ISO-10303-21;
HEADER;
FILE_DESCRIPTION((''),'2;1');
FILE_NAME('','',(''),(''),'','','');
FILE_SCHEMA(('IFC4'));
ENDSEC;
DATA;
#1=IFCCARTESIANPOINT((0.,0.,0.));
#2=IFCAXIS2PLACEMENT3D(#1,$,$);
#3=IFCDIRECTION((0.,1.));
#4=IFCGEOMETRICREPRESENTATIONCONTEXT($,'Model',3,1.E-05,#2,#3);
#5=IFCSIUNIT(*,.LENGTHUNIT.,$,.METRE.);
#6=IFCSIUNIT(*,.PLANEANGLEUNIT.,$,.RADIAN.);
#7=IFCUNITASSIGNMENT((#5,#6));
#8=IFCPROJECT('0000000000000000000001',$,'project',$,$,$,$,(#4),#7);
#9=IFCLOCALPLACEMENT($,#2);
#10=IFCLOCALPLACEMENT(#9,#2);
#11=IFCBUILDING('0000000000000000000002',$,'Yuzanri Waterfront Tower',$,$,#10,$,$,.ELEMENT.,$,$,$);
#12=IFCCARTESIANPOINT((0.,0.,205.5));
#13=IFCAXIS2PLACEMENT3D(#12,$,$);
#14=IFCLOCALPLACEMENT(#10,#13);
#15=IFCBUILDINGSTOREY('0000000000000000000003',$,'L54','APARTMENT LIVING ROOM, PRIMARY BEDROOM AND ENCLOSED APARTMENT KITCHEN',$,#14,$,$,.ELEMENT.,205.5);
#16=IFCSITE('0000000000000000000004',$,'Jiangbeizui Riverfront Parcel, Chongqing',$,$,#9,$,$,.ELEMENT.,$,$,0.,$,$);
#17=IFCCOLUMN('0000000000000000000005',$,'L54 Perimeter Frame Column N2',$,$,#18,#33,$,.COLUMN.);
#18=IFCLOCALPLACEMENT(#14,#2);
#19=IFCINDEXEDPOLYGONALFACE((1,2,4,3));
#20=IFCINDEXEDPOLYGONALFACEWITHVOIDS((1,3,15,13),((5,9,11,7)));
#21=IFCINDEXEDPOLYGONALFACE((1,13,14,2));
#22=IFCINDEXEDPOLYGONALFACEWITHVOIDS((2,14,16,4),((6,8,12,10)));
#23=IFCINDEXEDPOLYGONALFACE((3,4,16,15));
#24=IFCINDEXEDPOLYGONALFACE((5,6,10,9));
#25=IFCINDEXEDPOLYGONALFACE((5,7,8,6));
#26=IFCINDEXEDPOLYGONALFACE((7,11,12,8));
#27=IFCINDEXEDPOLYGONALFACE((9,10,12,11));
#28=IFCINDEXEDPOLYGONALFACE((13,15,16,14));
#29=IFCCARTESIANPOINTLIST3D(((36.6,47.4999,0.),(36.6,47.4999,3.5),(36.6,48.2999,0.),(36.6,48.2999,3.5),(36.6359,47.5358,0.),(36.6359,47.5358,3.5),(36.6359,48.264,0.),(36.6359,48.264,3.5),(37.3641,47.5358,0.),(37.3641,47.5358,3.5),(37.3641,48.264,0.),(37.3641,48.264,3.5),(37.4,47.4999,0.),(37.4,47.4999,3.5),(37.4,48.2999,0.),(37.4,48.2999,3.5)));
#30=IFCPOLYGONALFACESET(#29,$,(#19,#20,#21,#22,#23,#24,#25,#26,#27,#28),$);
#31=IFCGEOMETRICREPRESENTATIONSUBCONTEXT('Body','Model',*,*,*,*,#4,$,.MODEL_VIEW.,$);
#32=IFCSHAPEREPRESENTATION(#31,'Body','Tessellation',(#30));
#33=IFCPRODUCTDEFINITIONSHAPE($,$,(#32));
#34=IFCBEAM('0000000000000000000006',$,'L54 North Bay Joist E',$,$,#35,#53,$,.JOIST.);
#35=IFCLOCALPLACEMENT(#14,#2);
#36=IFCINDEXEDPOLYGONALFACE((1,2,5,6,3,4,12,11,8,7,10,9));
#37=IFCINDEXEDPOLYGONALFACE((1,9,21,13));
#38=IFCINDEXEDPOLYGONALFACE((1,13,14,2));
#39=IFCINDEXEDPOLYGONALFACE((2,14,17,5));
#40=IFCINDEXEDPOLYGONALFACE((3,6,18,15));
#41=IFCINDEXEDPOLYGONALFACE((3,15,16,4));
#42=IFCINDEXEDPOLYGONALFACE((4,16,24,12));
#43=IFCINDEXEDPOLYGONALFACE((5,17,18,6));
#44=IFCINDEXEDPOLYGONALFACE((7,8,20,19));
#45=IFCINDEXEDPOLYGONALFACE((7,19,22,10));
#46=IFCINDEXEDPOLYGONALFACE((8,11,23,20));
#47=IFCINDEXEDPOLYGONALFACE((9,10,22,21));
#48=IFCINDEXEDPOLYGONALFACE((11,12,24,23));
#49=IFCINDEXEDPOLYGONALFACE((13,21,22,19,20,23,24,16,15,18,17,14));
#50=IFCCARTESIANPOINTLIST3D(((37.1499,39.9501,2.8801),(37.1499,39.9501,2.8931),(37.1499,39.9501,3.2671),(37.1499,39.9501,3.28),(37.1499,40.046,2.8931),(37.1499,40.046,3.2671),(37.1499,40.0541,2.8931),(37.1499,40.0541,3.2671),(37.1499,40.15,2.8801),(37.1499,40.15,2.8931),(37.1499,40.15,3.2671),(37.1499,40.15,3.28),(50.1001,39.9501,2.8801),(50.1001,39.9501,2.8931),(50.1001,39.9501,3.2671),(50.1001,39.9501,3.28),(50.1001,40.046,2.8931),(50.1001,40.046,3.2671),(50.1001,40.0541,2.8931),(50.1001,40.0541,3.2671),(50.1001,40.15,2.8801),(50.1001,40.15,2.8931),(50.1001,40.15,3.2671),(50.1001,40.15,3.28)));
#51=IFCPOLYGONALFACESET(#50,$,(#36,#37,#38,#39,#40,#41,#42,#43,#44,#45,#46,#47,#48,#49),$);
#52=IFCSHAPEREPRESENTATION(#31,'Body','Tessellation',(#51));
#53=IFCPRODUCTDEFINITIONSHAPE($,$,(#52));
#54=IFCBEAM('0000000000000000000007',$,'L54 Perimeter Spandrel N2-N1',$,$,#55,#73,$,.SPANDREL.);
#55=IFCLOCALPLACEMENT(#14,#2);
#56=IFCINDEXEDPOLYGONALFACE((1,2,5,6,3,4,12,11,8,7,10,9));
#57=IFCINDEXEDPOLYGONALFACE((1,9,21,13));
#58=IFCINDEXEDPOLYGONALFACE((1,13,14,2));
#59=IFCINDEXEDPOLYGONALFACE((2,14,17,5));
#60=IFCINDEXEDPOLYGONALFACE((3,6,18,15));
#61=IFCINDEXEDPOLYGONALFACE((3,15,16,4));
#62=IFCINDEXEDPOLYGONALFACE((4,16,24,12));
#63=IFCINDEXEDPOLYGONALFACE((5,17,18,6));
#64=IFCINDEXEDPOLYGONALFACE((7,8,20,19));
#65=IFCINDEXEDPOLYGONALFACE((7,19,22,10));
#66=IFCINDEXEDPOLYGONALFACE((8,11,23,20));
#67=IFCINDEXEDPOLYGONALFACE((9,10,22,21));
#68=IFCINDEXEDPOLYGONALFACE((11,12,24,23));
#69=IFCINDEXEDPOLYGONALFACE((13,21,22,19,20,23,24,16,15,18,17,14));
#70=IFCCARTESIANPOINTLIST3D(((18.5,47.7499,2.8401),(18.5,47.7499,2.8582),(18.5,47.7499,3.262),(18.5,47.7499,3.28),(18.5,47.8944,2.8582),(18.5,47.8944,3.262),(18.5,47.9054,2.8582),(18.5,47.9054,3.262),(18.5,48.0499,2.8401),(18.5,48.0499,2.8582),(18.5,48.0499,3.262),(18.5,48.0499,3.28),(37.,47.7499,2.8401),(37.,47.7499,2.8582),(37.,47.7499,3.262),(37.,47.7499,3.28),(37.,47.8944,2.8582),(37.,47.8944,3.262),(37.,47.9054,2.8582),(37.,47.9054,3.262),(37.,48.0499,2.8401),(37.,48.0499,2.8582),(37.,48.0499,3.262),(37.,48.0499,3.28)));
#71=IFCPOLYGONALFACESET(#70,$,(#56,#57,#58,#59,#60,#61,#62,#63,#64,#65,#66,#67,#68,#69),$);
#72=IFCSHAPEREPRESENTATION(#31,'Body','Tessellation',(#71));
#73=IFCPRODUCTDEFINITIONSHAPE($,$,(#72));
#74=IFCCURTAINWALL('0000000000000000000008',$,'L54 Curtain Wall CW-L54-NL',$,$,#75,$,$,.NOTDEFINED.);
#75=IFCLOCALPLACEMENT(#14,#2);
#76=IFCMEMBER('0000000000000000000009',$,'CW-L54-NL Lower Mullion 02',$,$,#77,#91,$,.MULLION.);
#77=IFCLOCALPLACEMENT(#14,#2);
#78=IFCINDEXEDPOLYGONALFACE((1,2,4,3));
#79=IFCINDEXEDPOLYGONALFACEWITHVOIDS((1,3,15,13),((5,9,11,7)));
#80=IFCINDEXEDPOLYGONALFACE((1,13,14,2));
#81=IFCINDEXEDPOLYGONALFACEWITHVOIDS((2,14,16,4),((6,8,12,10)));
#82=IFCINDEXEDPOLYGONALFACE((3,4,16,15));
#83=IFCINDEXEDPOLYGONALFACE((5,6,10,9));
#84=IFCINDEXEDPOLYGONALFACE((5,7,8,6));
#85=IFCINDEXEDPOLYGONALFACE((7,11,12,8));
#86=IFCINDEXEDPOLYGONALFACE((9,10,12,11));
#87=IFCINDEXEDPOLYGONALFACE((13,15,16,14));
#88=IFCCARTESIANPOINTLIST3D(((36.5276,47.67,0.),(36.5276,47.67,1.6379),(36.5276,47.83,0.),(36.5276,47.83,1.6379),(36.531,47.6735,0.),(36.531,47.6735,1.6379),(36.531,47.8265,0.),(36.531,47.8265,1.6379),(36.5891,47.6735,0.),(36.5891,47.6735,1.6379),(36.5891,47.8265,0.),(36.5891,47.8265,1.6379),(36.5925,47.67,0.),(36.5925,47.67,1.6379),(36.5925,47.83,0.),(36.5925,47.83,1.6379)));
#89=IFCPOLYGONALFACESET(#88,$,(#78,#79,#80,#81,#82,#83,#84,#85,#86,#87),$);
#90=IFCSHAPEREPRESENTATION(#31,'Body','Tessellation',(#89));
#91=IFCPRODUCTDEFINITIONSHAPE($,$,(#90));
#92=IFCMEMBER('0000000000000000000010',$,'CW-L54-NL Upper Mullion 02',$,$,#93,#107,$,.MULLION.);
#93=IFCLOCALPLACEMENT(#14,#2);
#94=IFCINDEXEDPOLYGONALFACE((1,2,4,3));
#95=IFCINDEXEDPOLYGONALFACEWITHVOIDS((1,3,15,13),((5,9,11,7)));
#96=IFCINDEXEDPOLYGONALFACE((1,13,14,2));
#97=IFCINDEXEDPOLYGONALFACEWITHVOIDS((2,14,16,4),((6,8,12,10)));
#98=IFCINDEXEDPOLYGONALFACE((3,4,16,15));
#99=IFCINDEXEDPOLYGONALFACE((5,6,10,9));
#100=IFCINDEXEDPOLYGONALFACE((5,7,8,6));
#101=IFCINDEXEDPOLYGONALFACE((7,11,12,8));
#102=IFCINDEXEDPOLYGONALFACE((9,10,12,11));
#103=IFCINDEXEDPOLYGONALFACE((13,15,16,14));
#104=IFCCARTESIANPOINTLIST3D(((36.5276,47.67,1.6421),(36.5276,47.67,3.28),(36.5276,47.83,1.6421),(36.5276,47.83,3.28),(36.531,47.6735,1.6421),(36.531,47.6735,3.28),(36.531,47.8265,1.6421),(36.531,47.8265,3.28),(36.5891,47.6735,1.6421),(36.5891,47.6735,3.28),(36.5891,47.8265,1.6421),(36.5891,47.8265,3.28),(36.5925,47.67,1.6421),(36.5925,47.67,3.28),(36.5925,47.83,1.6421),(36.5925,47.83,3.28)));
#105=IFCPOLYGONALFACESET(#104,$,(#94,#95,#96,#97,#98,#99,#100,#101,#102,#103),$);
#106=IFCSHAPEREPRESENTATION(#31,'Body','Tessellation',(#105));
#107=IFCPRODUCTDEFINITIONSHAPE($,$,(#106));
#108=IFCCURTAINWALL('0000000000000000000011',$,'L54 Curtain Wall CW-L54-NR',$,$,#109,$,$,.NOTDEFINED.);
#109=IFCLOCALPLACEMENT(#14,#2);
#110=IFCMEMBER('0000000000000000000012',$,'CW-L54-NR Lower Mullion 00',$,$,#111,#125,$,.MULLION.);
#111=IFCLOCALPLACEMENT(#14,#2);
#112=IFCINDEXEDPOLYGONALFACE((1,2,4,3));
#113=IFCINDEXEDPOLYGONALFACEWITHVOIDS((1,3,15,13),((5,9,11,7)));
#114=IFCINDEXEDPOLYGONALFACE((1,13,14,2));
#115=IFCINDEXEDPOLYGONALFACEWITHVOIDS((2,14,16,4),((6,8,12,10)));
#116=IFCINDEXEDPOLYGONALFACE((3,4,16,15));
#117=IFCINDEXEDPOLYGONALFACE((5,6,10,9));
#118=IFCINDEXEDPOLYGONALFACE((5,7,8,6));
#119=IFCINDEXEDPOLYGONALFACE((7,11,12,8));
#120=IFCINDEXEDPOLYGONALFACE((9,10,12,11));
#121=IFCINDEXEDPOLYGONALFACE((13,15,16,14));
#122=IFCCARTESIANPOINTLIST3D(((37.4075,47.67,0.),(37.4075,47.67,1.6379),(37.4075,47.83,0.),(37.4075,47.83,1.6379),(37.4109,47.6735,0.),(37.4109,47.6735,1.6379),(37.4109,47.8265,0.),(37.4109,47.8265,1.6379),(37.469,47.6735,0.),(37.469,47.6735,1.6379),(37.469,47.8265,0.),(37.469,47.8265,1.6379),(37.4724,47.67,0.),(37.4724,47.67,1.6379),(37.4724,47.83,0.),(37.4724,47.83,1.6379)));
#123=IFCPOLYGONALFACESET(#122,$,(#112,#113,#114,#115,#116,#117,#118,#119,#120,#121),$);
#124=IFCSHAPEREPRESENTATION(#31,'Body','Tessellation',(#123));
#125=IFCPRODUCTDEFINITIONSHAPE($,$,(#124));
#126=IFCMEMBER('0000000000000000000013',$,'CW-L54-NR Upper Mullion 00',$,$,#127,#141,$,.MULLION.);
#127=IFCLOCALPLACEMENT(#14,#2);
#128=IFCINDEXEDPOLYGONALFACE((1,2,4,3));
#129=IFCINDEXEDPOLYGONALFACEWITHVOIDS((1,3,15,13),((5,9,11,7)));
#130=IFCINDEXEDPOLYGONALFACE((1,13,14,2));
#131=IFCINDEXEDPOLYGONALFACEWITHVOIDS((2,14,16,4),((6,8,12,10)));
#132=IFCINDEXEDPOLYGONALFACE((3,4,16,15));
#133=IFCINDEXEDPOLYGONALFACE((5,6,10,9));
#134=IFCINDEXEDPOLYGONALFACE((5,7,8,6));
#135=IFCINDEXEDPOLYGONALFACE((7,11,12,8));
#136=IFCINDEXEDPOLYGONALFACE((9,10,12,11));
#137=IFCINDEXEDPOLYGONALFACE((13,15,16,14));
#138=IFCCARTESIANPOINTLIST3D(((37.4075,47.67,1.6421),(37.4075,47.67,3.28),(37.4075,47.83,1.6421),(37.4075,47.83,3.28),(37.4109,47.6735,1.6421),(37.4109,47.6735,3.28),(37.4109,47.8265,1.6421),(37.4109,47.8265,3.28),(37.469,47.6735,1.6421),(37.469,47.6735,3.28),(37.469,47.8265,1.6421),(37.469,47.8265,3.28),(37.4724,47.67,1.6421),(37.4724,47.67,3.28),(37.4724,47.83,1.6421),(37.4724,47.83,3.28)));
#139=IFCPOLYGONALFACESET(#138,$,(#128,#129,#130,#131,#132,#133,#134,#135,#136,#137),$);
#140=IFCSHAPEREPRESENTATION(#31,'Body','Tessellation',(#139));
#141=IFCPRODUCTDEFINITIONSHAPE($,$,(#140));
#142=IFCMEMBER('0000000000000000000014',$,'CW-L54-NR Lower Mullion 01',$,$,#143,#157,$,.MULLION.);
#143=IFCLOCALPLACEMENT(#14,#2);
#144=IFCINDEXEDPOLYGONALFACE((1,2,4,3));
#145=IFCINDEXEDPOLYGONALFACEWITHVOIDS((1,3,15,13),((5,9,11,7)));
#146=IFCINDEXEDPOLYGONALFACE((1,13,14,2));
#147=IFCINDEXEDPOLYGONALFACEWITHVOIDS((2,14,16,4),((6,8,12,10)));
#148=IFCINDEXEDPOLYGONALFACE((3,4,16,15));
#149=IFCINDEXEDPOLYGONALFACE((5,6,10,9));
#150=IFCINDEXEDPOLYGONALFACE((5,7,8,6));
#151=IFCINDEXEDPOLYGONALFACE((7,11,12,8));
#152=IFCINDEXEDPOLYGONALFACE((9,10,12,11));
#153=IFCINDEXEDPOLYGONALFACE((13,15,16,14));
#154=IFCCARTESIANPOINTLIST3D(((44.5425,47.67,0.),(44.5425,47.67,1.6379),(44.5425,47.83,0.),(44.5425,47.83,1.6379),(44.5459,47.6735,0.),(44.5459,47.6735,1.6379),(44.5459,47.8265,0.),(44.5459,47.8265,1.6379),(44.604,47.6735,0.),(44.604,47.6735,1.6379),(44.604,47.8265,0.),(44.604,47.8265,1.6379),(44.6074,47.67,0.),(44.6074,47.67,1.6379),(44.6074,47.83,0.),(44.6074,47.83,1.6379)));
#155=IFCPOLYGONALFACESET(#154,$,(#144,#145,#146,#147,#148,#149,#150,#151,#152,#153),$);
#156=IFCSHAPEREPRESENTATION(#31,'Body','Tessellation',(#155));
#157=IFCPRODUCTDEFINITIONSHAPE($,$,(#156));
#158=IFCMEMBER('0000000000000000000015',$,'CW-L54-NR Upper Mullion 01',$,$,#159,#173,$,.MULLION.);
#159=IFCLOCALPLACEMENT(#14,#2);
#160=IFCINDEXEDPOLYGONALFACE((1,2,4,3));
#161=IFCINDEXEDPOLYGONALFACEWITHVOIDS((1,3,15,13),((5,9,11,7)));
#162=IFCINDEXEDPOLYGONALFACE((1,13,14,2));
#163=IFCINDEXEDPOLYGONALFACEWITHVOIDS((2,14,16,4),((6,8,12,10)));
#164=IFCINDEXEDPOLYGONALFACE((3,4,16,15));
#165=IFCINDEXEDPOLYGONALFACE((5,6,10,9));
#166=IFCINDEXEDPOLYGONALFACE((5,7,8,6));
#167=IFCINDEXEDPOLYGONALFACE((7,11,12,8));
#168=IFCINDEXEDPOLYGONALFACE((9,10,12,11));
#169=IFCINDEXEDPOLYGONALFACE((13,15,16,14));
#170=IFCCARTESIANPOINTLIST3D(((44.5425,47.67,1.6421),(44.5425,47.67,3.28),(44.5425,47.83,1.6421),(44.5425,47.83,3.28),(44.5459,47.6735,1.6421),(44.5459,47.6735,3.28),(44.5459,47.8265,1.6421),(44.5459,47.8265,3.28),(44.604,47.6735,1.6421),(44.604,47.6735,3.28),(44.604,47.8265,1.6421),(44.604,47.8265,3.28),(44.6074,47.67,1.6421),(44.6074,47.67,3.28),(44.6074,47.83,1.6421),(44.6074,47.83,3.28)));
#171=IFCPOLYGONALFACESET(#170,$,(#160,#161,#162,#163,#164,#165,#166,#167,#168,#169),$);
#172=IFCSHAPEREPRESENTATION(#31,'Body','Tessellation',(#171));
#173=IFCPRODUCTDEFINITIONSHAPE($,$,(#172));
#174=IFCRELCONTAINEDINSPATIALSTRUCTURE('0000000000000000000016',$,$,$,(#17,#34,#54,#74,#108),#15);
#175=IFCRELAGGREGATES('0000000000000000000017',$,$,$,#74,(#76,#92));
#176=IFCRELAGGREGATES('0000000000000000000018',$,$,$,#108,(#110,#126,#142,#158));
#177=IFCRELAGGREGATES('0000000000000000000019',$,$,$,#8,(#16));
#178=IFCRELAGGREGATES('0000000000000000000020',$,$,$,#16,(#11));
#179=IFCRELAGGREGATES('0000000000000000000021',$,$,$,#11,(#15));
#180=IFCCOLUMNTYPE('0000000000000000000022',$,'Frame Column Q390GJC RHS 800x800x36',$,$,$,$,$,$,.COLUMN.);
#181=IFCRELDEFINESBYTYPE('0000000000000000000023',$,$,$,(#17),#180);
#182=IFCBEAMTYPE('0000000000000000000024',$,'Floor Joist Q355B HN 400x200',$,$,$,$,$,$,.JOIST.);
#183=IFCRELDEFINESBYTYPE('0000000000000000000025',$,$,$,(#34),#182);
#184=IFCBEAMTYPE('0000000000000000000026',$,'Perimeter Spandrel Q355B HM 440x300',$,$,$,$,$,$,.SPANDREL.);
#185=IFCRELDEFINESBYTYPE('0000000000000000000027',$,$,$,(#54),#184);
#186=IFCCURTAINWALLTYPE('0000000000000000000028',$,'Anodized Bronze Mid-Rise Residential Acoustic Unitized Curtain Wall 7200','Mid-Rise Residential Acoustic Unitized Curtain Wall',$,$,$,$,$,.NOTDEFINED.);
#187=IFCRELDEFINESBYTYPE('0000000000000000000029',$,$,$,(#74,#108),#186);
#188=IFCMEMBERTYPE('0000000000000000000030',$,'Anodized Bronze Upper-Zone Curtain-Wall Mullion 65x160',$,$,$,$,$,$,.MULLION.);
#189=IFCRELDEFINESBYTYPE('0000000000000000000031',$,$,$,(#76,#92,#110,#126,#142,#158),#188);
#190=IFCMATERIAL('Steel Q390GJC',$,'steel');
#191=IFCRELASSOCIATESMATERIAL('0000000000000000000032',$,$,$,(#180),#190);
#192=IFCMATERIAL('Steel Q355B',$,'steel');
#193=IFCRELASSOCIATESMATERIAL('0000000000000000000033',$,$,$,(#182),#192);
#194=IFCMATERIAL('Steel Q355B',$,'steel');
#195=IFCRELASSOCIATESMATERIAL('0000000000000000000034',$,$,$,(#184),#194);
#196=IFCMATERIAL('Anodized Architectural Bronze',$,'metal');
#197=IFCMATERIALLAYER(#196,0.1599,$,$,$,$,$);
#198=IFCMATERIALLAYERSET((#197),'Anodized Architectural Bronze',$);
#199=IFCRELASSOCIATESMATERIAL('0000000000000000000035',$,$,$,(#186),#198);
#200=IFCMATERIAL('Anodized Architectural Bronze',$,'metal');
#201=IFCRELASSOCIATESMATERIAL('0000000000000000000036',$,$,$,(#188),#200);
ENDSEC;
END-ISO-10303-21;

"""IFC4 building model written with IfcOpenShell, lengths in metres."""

from ifc_helpers import new_model, si_unit, direction, frame, origin, origin_2d, place, context, subcontext, project, spatial, hollow_rectangle, i_section, extrude, source, transform, mapped, material, layer, layer_set, material_profile, profile_set, type_object, element, aggregate, save


model = new_model("IFC4")

# Units and contexts
model_context = context("Model", 3, precision=1e-05, world=origin(), true_north=direction((0.0, 1.0)))
body_context = subcontext(model_context, "Body", "Model", "MODEL_VIEW")
ifc_project = project(units=[si_unit("LENGTHUNIT", "METRE"), si_unit("PLANEANGLEUNIT", "RADIAN")], contexts=[model_context])

# Site, building, storey
site_placement = place(None, origin())
site = spatial("IfcSite", under=ifc_project, at=site_placement, Name="Jiangbeizui Riverfront Parcel, Chongqing", CompositionType="ELEMENT", RefElevation=0.0)
building_placement = place(site_placement, origin())
building = spatial("IfcBuilding", under=site, at=building_placement, Name="Yuzanri Waterfront Tower", CompositionType="ELEMENT")
storey_placement = place(building_placement, frame((0.0, 0.0, 205.5)))
storey = spatial("IfcBuildingStorey", under=building, at=storey_placement, Name="L54", Description="APARTMENT LIVING ROOM, PRIMARY BEDROOM AND ENCLOSED APARTMENT KITCHEN", CompositionType="ELEMENT", Elevation=205.5)

# Column
ifc_material_1 = material(Name="Steel Q390GJC", Category="steel")
ifc_material_profile_1 = material_profile(ifc_material_1, hollow_rectangle(XDim=0.8, YDim=0.8, WallThickness=0.0359, at=origin_2d()), Name="RHS 800x800x36")
ifc_profile_set_1 = profile_set([ifc_material_profile_1], Name="Steel Q390GJC")
column_type = type_object("IfcColumnType", Name="Frame Column Q390GJC RHS 800x800x36", PredefinedType="COLUMN", material=ifc_profile_set_1)
shared_shape_1 = source(origin(), body_context, "Body", "SweptSolid", [
    extrude(hollow_rectangle(XDim=0.8, YDim=0.8, WallThickness=0.0359, at=origin_2d()), origin(), (0.0, 0.0, 1.0), 3.5),
])
column_placement = place(storey_placement, frame((37.0, 47.8999, 0.0), z_axis=(0.0, 0.0, 1.0), x_axis=(1.0, 0.0, 0.0)))
element("IfcColumn", 1, at=column_placement, inside=storey, type_object=column_type, Name="L54 Perimeter Frame Column N2", PredefinedType="COLUMN", context=body_context, shape_type="MappedRepresentation", body=[
    mapped(shared_shape_1, transform((0.0, 0.0, 0.0), scale=1.0)),
])

# Beams
ifc_material_2 = material(Name="Steel Q355B", Category="steel")
ifc_material_profile_2 = material_profile(ifc_material_2, i_section(OverallWidth=0.2, OverallDepth=0.3999, WebThickness=0.0081, FlangeThickness=0.0129, at=origin_2d()), Name="HN 400x200x8x13")
ifc_profile_set_2 = profile_set([ifc_material_profile_2], Name="Steel Q355B")
beam_type_1 = type_object("IfcBeamType", Name="Floor Joist Q355B HN 400x200", PredefinedType="JOIST", material=ifc_profile_set_2)
shared_shape_2 = source(origin(), body_context, "Body", "SweptSolid", [
    extrude(i_section(OverallWidth=0.2, OverallDepth=0.3999, WebThickness=0.0081, FlangeThickness=0.0129, at=origin_2d()), origin(), (0.0, 0.0, 1.0), 12.9502),
])
beam_1_placement = place(storey_placement, frame((37.1499, 40.05, 3.0801), z_axis=(1.0, 0.0, 0.0), x_axis=(0.0, 1.0, 0.0)))
element("IfcBeam", 2, at=beam_1_placement, inside=storey, type_object=beam_type_1, Name="L54 North Bay Joist E", PredefinedType="JOIST", context=body_context, shape_type="MappedRepresentation", body=[
    mapped(shared_shape_2, transform((0.0, 0.0, 0.0), scale=1.0)),
])
ifc_material_3 = material(Name="Steel Q355B", Category="steel")
ifc_material_profile_3 = material_profile(ifc_material_3, i_section(OverallWidth=0.3, OverallDepth=0.4399, WebThickness=0.011, FlangeThickness=0.0181, at=origin_2d()), Name="HM 440x300x11x18")
ifc_profile_set_3 = profile_set([ifc_material_profile_3], Name="Steel Q355B")
beam_type_2 = type_object("IfcBeamType", Name="Perimeter Spandrel Q355B HM 440x300", PredefinedType="SPANDREL", material=ifc_profile_set_3)
shared_shape_3 = source(origin(), body_context, "Body", "SweptSolid", [
    extrude(i_section(OverallWidth=0.3, OverallDepth=0.4399, WebThickness=0.011, FlangeThickness=0.0181, at=origin_2d()), origin(), (0.0, 0.0, 1.0), 18.5),
])
beam_2_placement = place(storey_placement, frame((37.0, 47.8999, 3.0601), z_axis=(-1.0, 0.0, 0.0), x_axis=(0.0, -1.0, 0.0)))
element("IfcBeam", 3, at=beam_2_placement, inside=storey, type_object=beam_type_2, Name="L54 Perimeter Spandrel N2-N1", PredefinedType="SPANDREL", context=body_context, shape_type="MappedRepresentation", body=[
    mapped(shared_shape_3, transform((0.0, 0.0, 0.0), scale=1.0)),
])

# Curtain wall, members
ifc_material_4 = material(Name="Anodized Architectural Bronze", Category="metal")
ifc_layer_1 = layer(ifc_material_4, 0.1599)
ifc_layer_set_1 = layer_set([ifc_layer_1], Name="Anodized Architectural Bronze")
curtain_wall_type = type_object("IfcCurtainWallType", Name="Anodized Bronze Mid-Rise Residential Acoustic Unitized Curtain Wall 7200", Description="Mid-Rise Residential Acoustic Unitized Curtain Wall", PredefinedType="NOTDEFINED", material=ifc_layer_set_1)
curtain_wall_1_placement = place(storey_placement, origin())
curtain_wall_1 = element("IfcCurtainWall", 4, at=curtain_wall_1_placement, inside=storey, type_object=curtain_wall_type, Name="L54 Curtain Wall CW-L54-NL", PredefinedType="NOTDEFINED")
ifc_material_5 = material(Name="Anodized Architectural Bronze", Category="metal")
ifc_material_profile_4 = material_profile(ifc_material_5, hollow_rectangle(XDim=0.0649, YDim=0.1599, WallThickness=0.0034, at=origin_2d()), Name="CWM 65x160")
ifc_profile_set_4 = profile_set([ifc_material_profile_4], Name="Anodized Architectural Bronze")
member_type_1 = type_object("IfcMemberType", Name="Anodized Bronze Upper-Zone Curtain-Wall Mullion 65x160", PredefinedType="MULLION", material=ifc_profile_set_4)
shared_shape_4 = source(origin(), body_context, "Body", "SweptSolid", [
    extrude(hollow_rectangle(XDim=0.0649, YDim=0.1599, WallThickness=0.0034, at=origin_2d()), origin(), (0.0, 0.0, 1.0), 1.6379),
])
member_1_placement = place(storey_placement, frame((36.5601, 47.75, 0.0), z_axis=(0.0, 0.0, 1.0), x_axis=(1.0, 0.0, 0.0)))
member_1 = element("IfcMember", 5, at=member_1_placement, type_object=member_type_1, Name="CW-L54-NL Lower Mullion 02", PredefinedType="MULLION", context=body_context, shape_type="MappedRepresentation", body=[
    mapped(shared_shape_4, transform((0.0, 0.0, 0.0), scale=1.0)),
])
member_2_placement = place(storey_placement, frame((36.5601, 47.75, 1.6421), z_axis=(0.0, 0.0, 1.0), x_axis=(1.0, 0.0, 0.0)))
member_2 = element("IfcMember", 6, at=member_2_placement, type_object=member_type_1, Name="CW-L54-NL Upper Mullion 02", PredefinedType="MULLION", context=body_context, shape_type="MappedRepresentation", body=[
    mapped(shared_shape_4, transform((0.0, 0.0, 0.0), scale=1.0)),
])
aggregate(curtain_wall_1, [member_1, member_2])

# Curtain wall, members
curtain_wall_2_placement = place(storey_placement, origin())
curtain_wall_2 = element("IfcCurtainWall", 7, at=curtain_wall_2_placement, inside=storey, type_object=curtain_wall_type, Name="L54 Curtain Wall CW-L54-NR", PredefinedType="NOTDEFINED")
member_3_placement = place(storey_placement, frame((37.4399, 47.75, 0.0), z_axis=(0.0, 0.0, 1.0), x_axis=(1.0, 0.0, 0.0)))
member_3 = element("IfcMember", 8, at=member_3_placement, type_object=member_type_1, Name="CW-L54-NR Lower Mullion 00", PredefinedType="MULLION", context=body_context, shape_type="MappedRepresentation", body=[
    mapped(shared_shape_4, transform((0.0, 0.0, 0.0), scale=1.0)),
])
member_4_placement = place(storey_placement, frame((37.4399, 47.75, 1.6421), z_axis=(0.0, 0.0, 1.0), x_axis=(1.0, 0.0, 0.0)))
member_4 = element("IfcMember", 9, at=member_4_placement, type_object=member_type_1, Name="CW-L54-NR Upper Mullion 00", PredefinedType="MULLION", context=body_context, shape_type="MappedRepresentation", body=[
    mapped(shared_shape_4, transform((0.0, 0.0, 0.0), scale=1.0)),
])
member_5_placement = place(storey_placement, frame((44.575, 47.75, 0.0), z_axis=(0.0, 0.0, 1.0), x_axis=(1.0, 0.0, 0.0)))
member_5 = element("IfcMember", 10, at=member_5_placement, type_object=member_type_1, Name="CW-L54-NR Lower Mullion 01", PredefinedType="MULLION", context=body_context, shape_type="MappedRepresentation", body=[
    mapped(shared_shape_4, transform((0.0, 0.0, 0.0), scale=1.0)),
])
member_6_placement = place(storey_placement, frame((44.575, 47.75, 1.6421), z_axis=(0.0, 0.0, 1.0), x_axis=(1.0, 0.0, 0.0)))
member_6 = element("IfcMember", 11, at=member_6_placement, type_object=member_type_1, Name="CW-L54-NR Upper Mullion 01", PredefinedType="MULLION", context=body_context, shape_type="MappedRepresentation", body=[
    mapped(shared_shape_4, transform((0.0, 0.0, 0.0), scale=1.0)),
])
aggregate(curtain_wall_2, [member_3, member_4, member_5, member_6])

save(model, "model.ifc")
